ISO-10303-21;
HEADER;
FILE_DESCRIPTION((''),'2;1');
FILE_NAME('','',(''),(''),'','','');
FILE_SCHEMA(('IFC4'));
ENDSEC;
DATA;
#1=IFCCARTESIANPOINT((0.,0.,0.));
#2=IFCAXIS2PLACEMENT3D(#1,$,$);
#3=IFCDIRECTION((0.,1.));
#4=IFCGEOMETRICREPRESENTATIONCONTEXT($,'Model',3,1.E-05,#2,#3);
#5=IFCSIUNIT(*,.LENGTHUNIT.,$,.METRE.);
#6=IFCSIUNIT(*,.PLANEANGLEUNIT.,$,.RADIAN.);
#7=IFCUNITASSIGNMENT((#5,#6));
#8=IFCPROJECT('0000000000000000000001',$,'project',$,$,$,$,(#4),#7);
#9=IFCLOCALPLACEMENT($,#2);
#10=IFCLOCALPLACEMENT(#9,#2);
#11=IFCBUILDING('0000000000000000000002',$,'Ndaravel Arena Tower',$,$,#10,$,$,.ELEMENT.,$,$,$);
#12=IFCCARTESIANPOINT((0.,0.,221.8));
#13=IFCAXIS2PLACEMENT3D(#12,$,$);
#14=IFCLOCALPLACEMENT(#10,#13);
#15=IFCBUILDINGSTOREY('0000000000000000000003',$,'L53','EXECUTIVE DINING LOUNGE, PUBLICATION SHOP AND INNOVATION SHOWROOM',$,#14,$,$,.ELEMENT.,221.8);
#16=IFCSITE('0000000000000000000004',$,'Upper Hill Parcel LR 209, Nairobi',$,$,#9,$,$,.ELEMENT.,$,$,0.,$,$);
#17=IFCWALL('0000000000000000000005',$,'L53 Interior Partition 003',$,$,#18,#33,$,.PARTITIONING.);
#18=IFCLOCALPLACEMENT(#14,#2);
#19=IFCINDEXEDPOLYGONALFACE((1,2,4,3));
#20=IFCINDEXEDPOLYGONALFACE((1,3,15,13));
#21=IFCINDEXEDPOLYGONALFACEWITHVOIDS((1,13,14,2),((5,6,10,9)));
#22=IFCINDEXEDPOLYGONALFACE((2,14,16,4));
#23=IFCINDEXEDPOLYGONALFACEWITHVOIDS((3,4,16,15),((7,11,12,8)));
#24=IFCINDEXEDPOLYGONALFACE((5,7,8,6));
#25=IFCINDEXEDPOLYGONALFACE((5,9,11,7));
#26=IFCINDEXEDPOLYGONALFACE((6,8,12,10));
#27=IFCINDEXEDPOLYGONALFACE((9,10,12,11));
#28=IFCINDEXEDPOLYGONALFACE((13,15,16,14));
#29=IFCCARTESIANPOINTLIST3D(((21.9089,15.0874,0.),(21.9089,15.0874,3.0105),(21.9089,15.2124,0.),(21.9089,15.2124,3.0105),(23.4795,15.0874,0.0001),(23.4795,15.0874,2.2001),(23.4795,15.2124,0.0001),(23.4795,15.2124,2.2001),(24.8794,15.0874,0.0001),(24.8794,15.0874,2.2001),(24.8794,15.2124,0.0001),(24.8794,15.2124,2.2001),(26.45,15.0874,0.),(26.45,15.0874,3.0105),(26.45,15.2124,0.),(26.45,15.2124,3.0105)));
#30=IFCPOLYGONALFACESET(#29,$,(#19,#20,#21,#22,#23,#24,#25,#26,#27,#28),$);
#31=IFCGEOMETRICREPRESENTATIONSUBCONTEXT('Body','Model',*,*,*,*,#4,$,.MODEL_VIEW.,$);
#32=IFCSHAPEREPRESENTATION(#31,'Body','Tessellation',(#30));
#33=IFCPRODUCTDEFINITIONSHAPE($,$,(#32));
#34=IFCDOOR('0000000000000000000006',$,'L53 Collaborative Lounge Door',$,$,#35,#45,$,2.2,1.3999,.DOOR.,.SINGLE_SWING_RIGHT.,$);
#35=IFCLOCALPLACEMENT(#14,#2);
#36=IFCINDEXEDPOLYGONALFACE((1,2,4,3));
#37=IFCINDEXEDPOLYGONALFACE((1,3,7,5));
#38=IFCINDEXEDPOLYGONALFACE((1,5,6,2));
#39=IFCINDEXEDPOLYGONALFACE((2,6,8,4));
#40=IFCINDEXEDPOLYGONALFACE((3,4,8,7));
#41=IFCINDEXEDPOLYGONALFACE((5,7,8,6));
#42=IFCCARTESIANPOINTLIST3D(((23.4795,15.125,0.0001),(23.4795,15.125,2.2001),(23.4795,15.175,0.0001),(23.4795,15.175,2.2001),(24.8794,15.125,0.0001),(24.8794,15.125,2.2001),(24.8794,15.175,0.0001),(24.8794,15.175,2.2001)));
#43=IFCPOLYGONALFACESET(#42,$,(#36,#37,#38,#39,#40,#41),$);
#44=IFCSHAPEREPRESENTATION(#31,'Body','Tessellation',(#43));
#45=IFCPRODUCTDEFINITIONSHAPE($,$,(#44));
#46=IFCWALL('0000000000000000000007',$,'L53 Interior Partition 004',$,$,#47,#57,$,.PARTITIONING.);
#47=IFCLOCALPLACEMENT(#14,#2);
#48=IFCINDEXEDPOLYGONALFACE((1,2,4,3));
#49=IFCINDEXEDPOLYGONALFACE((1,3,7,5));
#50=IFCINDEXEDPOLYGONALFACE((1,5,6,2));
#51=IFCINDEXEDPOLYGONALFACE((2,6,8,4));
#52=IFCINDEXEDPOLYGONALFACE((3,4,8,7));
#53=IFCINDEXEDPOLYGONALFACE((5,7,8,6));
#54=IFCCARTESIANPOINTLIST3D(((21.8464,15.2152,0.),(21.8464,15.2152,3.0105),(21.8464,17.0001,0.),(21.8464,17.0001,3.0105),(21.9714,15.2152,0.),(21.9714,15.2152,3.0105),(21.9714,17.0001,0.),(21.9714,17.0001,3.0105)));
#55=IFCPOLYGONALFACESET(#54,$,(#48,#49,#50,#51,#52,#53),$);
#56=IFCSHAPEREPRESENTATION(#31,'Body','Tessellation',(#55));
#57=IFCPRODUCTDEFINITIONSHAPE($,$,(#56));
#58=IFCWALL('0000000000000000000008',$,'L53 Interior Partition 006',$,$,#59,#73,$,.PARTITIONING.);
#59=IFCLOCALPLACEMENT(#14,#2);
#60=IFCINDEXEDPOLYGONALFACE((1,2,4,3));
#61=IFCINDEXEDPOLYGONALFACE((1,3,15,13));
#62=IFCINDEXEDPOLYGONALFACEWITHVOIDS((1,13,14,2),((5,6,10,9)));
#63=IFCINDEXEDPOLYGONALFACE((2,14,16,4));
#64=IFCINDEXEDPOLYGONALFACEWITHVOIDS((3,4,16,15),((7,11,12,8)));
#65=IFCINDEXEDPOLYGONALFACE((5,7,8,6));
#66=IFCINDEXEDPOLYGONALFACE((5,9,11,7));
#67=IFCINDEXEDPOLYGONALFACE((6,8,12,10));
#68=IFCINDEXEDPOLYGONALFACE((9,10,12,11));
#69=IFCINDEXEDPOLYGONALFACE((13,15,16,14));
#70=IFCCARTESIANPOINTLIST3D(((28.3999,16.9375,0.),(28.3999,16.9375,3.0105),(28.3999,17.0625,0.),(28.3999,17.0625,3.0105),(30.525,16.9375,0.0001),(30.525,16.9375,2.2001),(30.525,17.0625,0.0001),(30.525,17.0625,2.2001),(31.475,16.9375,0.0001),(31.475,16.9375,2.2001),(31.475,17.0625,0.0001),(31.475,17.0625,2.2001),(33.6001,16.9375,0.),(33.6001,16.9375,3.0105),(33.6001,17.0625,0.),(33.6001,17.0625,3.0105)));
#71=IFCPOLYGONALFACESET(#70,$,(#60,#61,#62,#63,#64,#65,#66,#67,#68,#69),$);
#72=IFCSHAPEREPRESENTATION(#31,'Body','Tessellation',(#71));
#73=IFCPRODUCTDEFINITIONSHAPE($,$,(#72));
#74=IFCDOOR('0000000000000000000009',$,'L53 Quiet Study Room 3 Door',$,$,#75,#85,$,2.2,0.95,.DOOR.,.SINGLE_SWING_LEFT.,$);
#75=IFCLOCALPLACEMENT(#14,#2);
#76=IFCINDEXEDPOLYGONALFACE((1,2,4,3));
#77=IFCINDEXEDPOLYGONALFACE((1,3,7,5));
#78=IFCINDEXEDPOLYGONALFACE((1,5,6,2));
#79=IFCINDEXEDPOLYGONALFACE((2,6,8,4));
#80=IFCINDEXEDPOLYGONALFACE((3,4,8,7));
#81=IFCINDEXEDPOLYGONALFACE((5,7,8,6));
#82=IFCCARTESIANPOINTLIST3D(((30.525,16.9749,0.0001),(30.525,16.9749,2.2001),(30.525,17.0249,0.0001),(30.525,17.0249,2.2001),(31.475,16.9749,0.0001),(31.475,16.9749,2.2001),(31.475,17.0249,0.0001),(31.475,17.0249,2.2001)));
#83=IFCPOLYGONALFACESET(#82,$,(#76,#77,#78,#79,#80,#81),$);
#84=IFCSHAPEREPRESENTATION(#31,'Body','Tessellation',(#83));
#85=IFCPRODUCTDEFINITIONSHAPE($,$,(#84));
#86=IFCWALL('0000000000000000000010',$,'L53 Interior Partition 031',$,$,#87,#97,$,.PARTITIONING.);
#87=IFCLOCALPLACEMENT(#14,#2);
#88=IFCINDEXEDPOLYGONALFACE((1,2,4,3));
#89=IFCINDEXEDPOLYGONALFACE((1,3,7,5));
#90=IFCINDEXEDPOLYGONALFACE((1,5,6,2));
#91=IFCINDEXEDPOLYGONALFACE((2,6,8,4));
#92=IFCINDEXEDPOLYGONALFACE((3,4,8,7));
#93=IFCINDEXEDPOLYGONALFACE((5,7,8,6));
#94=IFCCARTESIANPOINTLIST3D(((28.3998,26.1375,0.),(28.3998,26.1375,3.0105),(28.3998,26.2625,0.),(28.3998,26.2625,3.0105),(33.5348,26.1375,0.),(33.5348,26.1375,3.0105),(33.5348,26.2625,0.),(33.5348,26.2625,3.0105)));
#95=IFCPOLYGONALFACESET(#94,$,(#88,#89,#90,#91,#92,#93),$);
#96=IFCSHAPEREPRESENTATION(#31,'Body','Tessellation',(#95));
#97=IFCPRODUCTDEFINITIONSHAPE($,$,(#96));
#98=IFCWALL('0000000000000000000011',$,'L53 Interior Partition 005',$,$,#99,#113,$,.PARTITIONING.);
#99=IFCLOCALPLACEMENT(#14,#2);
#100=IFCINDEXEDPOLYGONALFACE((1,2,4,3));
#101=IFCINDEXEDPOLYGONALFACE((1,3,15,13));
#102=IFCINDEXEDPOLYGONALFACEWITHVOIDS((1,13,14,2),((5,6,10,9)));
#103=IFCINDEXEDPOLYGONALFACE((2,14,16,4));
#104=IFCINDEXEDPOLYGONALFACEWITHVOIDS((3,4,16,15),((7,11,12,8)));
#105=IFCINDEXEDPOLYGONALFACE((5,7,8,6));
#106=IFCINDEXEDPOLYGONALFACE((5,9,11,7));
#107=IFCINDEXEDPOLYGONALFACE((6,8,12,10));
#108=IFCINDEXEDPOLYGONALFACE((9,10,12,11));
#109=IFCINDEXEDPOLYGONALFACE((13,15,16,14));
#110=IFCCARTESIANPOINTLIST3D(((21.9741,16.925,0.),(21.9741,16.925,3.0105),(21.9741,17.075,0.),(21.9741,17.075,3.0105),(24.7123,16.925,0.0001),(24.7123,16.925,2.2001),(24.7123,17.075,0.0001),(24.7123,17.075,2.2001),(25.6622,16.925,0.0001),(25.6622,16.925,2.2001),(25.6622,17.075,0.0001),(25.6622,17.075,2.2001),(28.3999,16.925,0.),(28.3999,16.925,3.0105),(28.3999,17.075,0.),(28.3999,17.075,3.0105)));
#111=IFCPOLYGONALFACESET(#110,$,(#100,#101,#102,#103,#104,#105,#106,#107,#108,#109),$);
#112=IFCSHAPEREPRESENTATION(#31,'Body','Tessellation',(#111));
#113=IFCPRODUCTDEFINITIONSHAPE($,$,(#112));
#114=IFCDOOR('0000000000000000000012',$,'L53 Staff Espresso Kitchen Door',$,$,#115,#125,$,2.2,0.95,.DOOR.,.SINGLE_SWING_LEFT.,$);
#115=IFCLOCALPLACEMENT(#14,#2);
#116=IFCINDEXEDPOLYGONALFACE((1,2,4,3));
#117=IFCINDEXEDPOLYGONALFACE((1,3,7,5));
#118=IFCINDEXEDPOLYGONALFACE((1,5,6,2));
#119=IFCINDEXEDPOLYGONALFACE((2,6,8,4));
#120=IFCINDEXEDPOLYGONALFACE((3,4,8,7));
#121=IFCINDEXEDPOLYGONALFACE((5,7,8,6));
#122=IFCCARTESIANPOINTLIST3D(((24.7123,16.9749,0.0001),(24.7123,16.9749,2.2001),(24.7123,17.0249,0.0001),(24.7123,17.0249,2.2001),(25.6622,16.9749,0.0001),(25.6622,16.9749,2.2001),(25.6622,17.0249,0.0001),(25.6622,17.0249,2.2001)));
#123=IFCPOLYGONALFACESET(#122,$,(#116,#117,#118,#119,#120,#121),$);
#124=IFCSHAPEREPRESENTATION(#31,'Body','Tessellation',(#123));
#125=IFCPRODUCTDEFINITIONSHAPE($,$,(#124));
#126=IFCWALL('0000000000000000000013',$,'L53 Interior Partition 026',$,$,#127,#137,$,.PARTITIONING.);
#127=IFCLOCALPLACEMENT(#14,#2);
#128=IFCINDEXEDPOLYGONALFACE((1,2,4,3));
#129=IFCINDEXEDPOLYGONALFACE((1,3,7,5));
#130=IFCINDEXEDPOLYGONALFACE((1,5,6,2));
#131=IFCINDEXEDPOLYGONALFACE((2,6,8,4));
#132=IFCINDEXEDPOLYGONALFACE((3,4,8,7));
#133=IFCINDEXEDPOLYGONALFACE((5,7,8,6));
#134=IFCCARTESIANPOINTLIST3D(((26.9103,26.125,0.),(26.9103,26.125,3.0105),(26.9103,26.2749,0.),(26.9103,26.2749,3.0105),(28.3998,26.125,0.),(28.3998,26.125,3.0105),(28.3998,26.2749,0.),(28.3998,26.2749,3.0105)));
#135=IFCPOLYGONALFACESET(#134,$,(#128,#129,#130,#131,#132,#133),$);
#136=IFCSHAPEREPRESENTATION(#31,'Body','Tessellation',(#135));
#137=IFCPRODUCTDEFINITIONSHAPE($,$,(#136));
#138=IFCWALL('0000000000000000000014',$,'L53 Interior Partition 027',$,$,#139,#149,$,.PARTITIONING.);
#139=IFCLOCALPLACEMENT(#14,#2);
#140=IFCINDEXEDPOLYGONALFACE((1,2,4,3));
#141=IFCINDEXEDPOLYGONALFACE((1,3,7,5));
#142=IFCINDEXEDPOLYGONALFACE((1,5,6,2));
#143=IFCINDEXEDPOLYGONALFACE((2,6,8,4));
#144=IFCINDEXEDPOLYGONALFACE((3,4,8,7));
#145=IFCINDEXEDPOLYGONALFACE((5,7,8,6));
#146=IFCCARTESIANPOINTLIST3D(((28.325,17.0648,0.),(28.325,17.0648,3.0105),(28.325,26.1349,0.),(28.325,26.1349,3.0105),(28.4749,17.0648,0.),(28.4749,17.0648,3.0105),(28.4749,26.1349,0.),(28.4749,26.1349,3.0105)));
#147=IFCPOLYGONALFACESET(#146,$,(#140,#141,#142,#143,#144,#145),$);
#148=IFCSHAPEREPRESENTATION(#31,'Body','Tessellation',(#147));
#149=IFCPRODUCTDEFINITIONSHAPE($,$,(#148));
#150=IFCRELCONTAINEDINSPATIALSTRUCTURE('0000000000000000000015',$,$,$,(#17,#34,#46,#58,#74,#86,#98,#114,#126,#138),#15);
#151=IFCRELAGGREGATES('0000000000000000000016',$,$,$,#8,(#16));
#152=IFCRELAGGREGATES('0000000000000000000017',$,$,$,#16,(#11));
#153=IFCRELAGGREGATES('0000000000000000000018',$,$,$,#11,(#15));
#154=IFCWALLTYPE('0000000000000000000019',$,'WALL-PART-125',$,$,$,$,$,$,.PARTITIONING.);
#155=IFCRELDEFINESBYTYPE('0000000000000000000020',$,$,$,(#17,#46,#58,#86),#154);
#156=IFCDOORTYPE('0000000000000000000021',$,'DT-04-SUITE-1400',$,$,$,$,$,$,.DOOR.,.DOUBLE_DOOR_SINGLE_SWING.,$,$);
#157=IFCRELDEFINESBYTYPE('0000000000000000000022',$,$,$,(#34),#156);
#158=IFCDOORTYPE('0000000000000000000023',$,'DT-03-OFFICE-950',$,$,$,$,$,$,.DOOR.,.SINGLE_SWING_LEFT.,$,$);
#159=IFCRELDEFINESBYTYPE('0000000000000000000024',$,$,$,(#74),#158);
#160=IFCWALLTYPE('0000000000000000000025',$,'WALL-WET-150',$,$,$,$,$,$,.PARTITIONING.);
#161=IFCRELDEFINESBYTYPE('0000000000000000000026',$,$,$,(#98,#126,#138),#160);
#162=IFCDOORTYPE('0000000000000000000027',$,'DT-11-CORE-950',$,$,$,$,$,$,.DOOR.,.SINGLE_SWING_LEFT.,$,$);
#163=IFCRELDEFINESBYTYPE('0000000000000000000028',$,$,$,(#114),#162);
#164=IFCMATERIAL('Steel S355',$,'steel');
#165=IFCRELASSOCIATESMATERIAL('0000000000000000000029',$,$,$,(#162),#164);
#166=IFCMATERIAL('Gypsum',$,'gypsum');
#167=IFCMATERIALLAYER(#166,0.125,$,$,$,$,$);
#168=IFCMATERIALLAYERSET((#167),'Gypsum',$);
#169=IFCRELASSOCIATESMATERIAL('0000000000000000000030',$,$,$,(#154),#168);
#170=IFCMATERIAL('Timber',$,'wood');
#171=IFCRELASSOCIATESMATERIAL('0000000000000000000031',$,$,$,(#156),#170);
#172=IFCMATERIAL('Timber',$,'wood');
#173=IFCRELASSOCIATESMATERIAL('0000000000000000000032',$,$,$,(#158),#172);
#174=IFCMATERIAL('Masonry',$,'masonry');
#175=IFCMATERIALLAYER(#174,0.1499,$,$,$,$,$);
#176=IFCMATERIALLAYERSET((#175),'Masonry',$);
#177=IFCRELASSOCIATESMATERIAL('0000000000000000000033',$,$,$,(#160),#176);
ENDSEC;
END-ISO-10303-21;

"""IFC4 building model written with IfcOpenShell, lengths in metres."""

from ifc_helpers import new_model, si_unit, direction, frame, frame_2d, origin, place, context, subcontext, project, spatial, rectangle, extrude, material, layer, layer_set, type_object, element, fill, save


model = new_model("IFC4")

# Units and contexts
model_context = context("Model", 3, precision=1e-05, world=origin(), true_north=direction((0.0, 1.0)))
body_context = subcontext(model_context, "Body", "Model", "MODEL_VIEW")
ifc_project = project(units=[si_unit("LENGTHUNIT", "METRE"), si_unit("PLANEANGLEUNIT", "RADIAN")], contexts=[model_context])

# Site, building, storey
site_placement = place(None, origin())
site = spatial("IfcSite", under=ifc_project, at=site_placement, Name="Upper Hill Parcel LR 209, Nairobi", CompositionType="ELEMENT", RefElevation=0.0)
building_placement = place(site_placement, origin())
building = spatial("IfcBuilding", under=site, at=building_placement, Name="Ndaravel Arena Tower", CompositionType="ELEMENT")
storey_placement = place(building_placement, frame((0.0, 0.0, 221.8)))
storey = spatial("IfcBuildingStorey", under=building, at=storey_placement, Name="L53", Description="EXECUTIVE DINING LOUNGE, PUBLICATION SHOP AND INNOVATION SHOWROOM", CompositionType="ELEMENT", Elevation=221.8)

# Shared definitions
ifc_material_1 = material(Name="Steel S355", Category="steel")
door_type_1 = type_object("IfcDoorType", Name="DT-11-CORE-950", OperationType="SINGLE_SWING_LEFT", PredefinedType="DOOR", material=ifc_material_1)

# Wall, opening, door
ifc_material_2 = material(Name="Gypsum", Category="gypsum")
ifc_layer_1 = layer(ifc_material_2, 0.125)
ifc_layer_set_1 = layer_set([ifc_layer_1], Name="Gypsum")
wall_type_1 = type_object("IfcWallType", Name="WALL-PART-125", PredefinedType="PARTITIONING", material=ifc_layer_set_1)
wall_1_placement = place(storey_placement, frame((26.45, 15.1499, 0.0), z_axis=(0.0, 0.0, 1.0), x_axis=(-1.0, 0.0, 0.0)))
wall_1 = element("IfcWall", 1, at=wall_1_placement, inside=storey, type_object=wall_type_1, Name="L53 Interior Partition 003", PredefinedType="PARTITIONING", context=body_context, shape_type="SweptSolid", body=[
    extrude(rectangle(XDim=4.541, YDim=0.125, at=frame_2d((2.2705, 0.0))), origin(), (0.0, 0.0, 1.0), 3.0105),
])
opening_1_placement = place(wall_1_placement, frame((1.5706, 0.0, 0.0)))
opening_1 = element("IfcOpeningElement", 2, at=opening_1_placement, cuts=wall_1, PredefinedType="OPENING", context=body_context, shape_type="SweptSolid", body=[
    extrude(rectangle(XDim=1.3999, YDim=2.2, at=frame_2d((0.7, 1.1001))), frame((0.0, 0.0625, 0.0), z_axis=(0.0, -1.0, 0.0), x_axis=(1.0, 0.0, 0.0)), (0.0, 0.0, 1.0), 0.125),
])
ifc_material_3 = material(Name="Timber", Category="wood")
door_type_2 = type_object("IfcDoorType", Name="DT-04-SUITE-1400", OperationType="DOUBLE_DOOR_SINGLE_SWING", PredefinedType="DOOR", material=ifc_material_3)
door_1_placement = place(opening_1_placement, origin())
door_1 = element("IfcDoor", 3, at=door_1_placement, inside=storey, type_object=door_type_2, Name="L53 Collaborative Lounge Door", OperationType="SINGLE_SWING_RIGHT", OverallHeight=2.2, OverallWidth=1.3999, PredefinedType="DOOR", context=body_context, shape_type="SweptSolid", body=[
    extrude(rectangle(XDim=1.3999, YDim=2.2, at=frame_2d((0.7, 1.1001))), frame((0.0, 0.0249, 0.0), z_axis=(0.0, -1.0, 0.0), x_axis=(1.0, 0.0, 0.0)), (0.0, 0.0, 1.0), 0.05),
])
fill(opening_1, door_1)

# Wall
wall_2_placement = place(storey_placement, frame((21.9089, 15.2151, 0.0), z_axis=(0.0, 0.0, 1.0), x_axis=(0.0, 1.0, 0.0)))
element("IfcWall", 4, at=wall_2_placement, inside=storey, type_object=wall_type_1, Name="L53 Interior Partition 004", PredefinedType="PARTITIONING", context=body_context, shape_type="SweptSolid", body=[
    extrude(rectangle(XDim=1.7849, YDim=0.125, at=frame_2d((0.8926, 0.0))), origin(), (0.0, 0.0, 1.0), 3.0105),
])

# Wall, opening, door
wall_3_placement = place(storey_placement, frame((28.3999, 17.0, 0.0), z_axis=(0.0, 0.0, 1.0), x_axis=(1.0, 0.0, 0.0)))
wall_3 = element("IfcWall", 5, at=wall_3_placement, inside=storey, type_object=wall_type_1, Name="L53 Interior Partition 006", PredefinedType="PARTITIONING", context=body_context, shape_type="SweptSolid", body=[
    extrude(rectangle(XDim=5.2002, YDim=0.125, at=frame_2d((2.6001, 0.0))), origin(), (0.0, 0.0, 1.0), 3.0105),
])
opening_2_placement = place(wall_3_placement, frame((2.125, 0.0, 0.0)))
opening_2 = element("IfcOpeningElement", 6, at=opening_2_placement, cuts=wall_3, PredefinedType="OPENING", context=body_context, shape_type="SweptSolid", body=[
    extrude(rectangle(XDim=0.95, YDim=2.2, at=frame_2d((0.4751, 1.1001))), frame((0.0, 0.0625, 0.0), z_axis=(0.0, -1.0, 0.0), x_axis=(1.0, 0.0, 0.0)), (0.0, 0.0, 1.0), 0.125),
])
ifc_material_4 = material(Name="Timber", Category="wood")
door_type_3 = type_object("IfcDoorType", Name="DT-03-OFFICE-950", OperationType="SINGLE_SWING_LEFT", PredefinedType="DOOR", material=ifc_material_4)
door_2_placement = place(opening_2_placement, origin())
door_2 = element("IfcDoor", 7, at=door_2_placement, inside=storey, type_object=door_type_3, Name="L53 Quiet Study Room 3 Door", OperationType="SINGLE_SWING_LEFT", OverallHeight=2.2, OverallWidth=0.95, PredefinedType="DOOR", context=body_context, shape_type="SweptSolid", body=[
    extrude(rectangle(XDim=0.95, YDim=2.2, at=frame_2d((0.4751, 1.1001))), frame((0.0, 0.0249, 0.0), z_axis=(0.0, -1.0, 0.0), x_axis=(1.0, 0.0, 0.0)), (0.0, 0.0, 1.0), 0.05),
])
fill(opening_2, door_2)

# Wall
wall_4_placement = place(storey_placement, frame((28.3999, 26.2, 0.0), z_axis=(0.0, 0.0, 1.0), x_axis=(1.0, 0.0, 0.0)))
element("IfcWall", 8, at=wall_4_placement, inside=storey, type_object=wall_type_1, Name="L53 Interior Partition 031", PredefinedType="PARTITIONING", context=body_context, shape_type="SweptSolid", body=[
    extrude(rectangle(XDim=5.135, YDim=0.125, at=frame_2d((2.5674, 0.0))), origin(), (0.0, 0.0, 1.0), 3.0105),
])

# Wall, opening, door
ifc_material_5 = material(Name="Masonry", Category="masonry")
ifc_layer_2 = layer(ifc_material_5, 0.1499)
ifc_layer_set_2 = layer_set([ifc_layer_2], Name="Masonry")
wall_type_2 = type_object("IfcWallType", Name="WALL-WET-150", PredefinedType="PARTITIONING", material=ifc_layer_set_2)
wall_5_placement = place(storey_placement, frame((21.9741, 17.0, 0.0), z_axis=(0.0, 0.0, 1.0), x_axis=(1.0, 0.0, 0.0)))
wall_5 = element("IfcWall", 9, at=wall_5_placement, inside=storey, type_object=wall_type_2, Name="L53 Interior Partition 005", PredefinedType="PARTITIONING", context=body_context, shape_type="SweptSolid", body=[
    extrude(rectangle(XDim=6.4258, YDim=0.1499, at=frame_2d((3.2129, 0.0))), origin(), (0.0, 0.0, 1.0), 3.0105),
])
opening_3_placement = place(wall_5_placement, frame((2.738, 0.0, 0.0)))
opening_3 = element("IfcOpeningElement", 10, at=opening_3_placement, cuts=wall_5, PredefinedType="OPENING", context=body_context, shape_type="SweptSolid", body=[
    extrude(rectangle(XDim=0.95, YDim=2.2, at=frame_2d((0.4751, 1.1001))), frame((0.0, 0.075, 0.0), z_axis=(0.0, -1.0, 0.0), x_axis=(1.0, 0.0, 0.0)), (0.0, 0.0, 1.0), 0.1499),
])
door_3_placement = place(opening_3_placement, origin())
door_3 = element("IfcDoor", 11, at=door_3_placement, inside=storey, type_object=door_type_1, Name="L53 Staff Espresso Kitchen Door", OperationType="SINGLE_SWING_LEFT", OverallHeight=2.2, OverallWidth=0.95, PredefinedType="DOOR", context=body_context, shape_type="SweptSolid", body=[
    extrude(rectangle(XDim=0.95, YDim=2.2, at=frame_2d((0.4751, 1.1001))), frame((0.0, 0.0249, 0.0), z_axis=(0.0, -1.0, 0.0), x_axis=(1.0, 0.0, 0.0)), (0.0, 0.0, 1.0), 0.05),
])
fill(opening_3, door_3)

# Walls
wall_6_placement = place(storey_placement, frame((26.9104, 26.2, 0.0), z_axis=(0.0, 0.0, 1.0), x_axis=(1.0, 0.0, 0.0)))
element("IfcWall", 12, at=wall_6_placement, inside=storey, type_object=wall_type_2, Name="L53 Interior Partition 026", PredefinedType="PARTITIONING", context=body_context, shape_type="SweptSolid", body=[
    extrude(rectangle(XDim=1.4895, YDim=0.1499, at=frame_2d((0.7446, 0.0))), origin(), (0.0, 0.0, 1.0), 3.0105),
])
wall_7_placement = place(storey_placement, frame((28.3999, 26.135, 0.0), z_axis=(0.0, 0.0, 1.0), x_axis=(0.0, -1.0, 0.0)))
element("IfcWall", 13, at=wall_7_placement, inside=storey, type_object=wall_type_2, Name="L53 Interior Partition 027", PredefinedType="PARTITIONING", context=body_context, shape_type="SweptSolid", body=[
    extrude(rectangle(XDim=9.0701, YDim=0.1499, at=frame_2d((4.5352, 0.0))), origin(), (0.0, 0.0, 1.0), 3.0105),
])

save(model, "model.ifc")
